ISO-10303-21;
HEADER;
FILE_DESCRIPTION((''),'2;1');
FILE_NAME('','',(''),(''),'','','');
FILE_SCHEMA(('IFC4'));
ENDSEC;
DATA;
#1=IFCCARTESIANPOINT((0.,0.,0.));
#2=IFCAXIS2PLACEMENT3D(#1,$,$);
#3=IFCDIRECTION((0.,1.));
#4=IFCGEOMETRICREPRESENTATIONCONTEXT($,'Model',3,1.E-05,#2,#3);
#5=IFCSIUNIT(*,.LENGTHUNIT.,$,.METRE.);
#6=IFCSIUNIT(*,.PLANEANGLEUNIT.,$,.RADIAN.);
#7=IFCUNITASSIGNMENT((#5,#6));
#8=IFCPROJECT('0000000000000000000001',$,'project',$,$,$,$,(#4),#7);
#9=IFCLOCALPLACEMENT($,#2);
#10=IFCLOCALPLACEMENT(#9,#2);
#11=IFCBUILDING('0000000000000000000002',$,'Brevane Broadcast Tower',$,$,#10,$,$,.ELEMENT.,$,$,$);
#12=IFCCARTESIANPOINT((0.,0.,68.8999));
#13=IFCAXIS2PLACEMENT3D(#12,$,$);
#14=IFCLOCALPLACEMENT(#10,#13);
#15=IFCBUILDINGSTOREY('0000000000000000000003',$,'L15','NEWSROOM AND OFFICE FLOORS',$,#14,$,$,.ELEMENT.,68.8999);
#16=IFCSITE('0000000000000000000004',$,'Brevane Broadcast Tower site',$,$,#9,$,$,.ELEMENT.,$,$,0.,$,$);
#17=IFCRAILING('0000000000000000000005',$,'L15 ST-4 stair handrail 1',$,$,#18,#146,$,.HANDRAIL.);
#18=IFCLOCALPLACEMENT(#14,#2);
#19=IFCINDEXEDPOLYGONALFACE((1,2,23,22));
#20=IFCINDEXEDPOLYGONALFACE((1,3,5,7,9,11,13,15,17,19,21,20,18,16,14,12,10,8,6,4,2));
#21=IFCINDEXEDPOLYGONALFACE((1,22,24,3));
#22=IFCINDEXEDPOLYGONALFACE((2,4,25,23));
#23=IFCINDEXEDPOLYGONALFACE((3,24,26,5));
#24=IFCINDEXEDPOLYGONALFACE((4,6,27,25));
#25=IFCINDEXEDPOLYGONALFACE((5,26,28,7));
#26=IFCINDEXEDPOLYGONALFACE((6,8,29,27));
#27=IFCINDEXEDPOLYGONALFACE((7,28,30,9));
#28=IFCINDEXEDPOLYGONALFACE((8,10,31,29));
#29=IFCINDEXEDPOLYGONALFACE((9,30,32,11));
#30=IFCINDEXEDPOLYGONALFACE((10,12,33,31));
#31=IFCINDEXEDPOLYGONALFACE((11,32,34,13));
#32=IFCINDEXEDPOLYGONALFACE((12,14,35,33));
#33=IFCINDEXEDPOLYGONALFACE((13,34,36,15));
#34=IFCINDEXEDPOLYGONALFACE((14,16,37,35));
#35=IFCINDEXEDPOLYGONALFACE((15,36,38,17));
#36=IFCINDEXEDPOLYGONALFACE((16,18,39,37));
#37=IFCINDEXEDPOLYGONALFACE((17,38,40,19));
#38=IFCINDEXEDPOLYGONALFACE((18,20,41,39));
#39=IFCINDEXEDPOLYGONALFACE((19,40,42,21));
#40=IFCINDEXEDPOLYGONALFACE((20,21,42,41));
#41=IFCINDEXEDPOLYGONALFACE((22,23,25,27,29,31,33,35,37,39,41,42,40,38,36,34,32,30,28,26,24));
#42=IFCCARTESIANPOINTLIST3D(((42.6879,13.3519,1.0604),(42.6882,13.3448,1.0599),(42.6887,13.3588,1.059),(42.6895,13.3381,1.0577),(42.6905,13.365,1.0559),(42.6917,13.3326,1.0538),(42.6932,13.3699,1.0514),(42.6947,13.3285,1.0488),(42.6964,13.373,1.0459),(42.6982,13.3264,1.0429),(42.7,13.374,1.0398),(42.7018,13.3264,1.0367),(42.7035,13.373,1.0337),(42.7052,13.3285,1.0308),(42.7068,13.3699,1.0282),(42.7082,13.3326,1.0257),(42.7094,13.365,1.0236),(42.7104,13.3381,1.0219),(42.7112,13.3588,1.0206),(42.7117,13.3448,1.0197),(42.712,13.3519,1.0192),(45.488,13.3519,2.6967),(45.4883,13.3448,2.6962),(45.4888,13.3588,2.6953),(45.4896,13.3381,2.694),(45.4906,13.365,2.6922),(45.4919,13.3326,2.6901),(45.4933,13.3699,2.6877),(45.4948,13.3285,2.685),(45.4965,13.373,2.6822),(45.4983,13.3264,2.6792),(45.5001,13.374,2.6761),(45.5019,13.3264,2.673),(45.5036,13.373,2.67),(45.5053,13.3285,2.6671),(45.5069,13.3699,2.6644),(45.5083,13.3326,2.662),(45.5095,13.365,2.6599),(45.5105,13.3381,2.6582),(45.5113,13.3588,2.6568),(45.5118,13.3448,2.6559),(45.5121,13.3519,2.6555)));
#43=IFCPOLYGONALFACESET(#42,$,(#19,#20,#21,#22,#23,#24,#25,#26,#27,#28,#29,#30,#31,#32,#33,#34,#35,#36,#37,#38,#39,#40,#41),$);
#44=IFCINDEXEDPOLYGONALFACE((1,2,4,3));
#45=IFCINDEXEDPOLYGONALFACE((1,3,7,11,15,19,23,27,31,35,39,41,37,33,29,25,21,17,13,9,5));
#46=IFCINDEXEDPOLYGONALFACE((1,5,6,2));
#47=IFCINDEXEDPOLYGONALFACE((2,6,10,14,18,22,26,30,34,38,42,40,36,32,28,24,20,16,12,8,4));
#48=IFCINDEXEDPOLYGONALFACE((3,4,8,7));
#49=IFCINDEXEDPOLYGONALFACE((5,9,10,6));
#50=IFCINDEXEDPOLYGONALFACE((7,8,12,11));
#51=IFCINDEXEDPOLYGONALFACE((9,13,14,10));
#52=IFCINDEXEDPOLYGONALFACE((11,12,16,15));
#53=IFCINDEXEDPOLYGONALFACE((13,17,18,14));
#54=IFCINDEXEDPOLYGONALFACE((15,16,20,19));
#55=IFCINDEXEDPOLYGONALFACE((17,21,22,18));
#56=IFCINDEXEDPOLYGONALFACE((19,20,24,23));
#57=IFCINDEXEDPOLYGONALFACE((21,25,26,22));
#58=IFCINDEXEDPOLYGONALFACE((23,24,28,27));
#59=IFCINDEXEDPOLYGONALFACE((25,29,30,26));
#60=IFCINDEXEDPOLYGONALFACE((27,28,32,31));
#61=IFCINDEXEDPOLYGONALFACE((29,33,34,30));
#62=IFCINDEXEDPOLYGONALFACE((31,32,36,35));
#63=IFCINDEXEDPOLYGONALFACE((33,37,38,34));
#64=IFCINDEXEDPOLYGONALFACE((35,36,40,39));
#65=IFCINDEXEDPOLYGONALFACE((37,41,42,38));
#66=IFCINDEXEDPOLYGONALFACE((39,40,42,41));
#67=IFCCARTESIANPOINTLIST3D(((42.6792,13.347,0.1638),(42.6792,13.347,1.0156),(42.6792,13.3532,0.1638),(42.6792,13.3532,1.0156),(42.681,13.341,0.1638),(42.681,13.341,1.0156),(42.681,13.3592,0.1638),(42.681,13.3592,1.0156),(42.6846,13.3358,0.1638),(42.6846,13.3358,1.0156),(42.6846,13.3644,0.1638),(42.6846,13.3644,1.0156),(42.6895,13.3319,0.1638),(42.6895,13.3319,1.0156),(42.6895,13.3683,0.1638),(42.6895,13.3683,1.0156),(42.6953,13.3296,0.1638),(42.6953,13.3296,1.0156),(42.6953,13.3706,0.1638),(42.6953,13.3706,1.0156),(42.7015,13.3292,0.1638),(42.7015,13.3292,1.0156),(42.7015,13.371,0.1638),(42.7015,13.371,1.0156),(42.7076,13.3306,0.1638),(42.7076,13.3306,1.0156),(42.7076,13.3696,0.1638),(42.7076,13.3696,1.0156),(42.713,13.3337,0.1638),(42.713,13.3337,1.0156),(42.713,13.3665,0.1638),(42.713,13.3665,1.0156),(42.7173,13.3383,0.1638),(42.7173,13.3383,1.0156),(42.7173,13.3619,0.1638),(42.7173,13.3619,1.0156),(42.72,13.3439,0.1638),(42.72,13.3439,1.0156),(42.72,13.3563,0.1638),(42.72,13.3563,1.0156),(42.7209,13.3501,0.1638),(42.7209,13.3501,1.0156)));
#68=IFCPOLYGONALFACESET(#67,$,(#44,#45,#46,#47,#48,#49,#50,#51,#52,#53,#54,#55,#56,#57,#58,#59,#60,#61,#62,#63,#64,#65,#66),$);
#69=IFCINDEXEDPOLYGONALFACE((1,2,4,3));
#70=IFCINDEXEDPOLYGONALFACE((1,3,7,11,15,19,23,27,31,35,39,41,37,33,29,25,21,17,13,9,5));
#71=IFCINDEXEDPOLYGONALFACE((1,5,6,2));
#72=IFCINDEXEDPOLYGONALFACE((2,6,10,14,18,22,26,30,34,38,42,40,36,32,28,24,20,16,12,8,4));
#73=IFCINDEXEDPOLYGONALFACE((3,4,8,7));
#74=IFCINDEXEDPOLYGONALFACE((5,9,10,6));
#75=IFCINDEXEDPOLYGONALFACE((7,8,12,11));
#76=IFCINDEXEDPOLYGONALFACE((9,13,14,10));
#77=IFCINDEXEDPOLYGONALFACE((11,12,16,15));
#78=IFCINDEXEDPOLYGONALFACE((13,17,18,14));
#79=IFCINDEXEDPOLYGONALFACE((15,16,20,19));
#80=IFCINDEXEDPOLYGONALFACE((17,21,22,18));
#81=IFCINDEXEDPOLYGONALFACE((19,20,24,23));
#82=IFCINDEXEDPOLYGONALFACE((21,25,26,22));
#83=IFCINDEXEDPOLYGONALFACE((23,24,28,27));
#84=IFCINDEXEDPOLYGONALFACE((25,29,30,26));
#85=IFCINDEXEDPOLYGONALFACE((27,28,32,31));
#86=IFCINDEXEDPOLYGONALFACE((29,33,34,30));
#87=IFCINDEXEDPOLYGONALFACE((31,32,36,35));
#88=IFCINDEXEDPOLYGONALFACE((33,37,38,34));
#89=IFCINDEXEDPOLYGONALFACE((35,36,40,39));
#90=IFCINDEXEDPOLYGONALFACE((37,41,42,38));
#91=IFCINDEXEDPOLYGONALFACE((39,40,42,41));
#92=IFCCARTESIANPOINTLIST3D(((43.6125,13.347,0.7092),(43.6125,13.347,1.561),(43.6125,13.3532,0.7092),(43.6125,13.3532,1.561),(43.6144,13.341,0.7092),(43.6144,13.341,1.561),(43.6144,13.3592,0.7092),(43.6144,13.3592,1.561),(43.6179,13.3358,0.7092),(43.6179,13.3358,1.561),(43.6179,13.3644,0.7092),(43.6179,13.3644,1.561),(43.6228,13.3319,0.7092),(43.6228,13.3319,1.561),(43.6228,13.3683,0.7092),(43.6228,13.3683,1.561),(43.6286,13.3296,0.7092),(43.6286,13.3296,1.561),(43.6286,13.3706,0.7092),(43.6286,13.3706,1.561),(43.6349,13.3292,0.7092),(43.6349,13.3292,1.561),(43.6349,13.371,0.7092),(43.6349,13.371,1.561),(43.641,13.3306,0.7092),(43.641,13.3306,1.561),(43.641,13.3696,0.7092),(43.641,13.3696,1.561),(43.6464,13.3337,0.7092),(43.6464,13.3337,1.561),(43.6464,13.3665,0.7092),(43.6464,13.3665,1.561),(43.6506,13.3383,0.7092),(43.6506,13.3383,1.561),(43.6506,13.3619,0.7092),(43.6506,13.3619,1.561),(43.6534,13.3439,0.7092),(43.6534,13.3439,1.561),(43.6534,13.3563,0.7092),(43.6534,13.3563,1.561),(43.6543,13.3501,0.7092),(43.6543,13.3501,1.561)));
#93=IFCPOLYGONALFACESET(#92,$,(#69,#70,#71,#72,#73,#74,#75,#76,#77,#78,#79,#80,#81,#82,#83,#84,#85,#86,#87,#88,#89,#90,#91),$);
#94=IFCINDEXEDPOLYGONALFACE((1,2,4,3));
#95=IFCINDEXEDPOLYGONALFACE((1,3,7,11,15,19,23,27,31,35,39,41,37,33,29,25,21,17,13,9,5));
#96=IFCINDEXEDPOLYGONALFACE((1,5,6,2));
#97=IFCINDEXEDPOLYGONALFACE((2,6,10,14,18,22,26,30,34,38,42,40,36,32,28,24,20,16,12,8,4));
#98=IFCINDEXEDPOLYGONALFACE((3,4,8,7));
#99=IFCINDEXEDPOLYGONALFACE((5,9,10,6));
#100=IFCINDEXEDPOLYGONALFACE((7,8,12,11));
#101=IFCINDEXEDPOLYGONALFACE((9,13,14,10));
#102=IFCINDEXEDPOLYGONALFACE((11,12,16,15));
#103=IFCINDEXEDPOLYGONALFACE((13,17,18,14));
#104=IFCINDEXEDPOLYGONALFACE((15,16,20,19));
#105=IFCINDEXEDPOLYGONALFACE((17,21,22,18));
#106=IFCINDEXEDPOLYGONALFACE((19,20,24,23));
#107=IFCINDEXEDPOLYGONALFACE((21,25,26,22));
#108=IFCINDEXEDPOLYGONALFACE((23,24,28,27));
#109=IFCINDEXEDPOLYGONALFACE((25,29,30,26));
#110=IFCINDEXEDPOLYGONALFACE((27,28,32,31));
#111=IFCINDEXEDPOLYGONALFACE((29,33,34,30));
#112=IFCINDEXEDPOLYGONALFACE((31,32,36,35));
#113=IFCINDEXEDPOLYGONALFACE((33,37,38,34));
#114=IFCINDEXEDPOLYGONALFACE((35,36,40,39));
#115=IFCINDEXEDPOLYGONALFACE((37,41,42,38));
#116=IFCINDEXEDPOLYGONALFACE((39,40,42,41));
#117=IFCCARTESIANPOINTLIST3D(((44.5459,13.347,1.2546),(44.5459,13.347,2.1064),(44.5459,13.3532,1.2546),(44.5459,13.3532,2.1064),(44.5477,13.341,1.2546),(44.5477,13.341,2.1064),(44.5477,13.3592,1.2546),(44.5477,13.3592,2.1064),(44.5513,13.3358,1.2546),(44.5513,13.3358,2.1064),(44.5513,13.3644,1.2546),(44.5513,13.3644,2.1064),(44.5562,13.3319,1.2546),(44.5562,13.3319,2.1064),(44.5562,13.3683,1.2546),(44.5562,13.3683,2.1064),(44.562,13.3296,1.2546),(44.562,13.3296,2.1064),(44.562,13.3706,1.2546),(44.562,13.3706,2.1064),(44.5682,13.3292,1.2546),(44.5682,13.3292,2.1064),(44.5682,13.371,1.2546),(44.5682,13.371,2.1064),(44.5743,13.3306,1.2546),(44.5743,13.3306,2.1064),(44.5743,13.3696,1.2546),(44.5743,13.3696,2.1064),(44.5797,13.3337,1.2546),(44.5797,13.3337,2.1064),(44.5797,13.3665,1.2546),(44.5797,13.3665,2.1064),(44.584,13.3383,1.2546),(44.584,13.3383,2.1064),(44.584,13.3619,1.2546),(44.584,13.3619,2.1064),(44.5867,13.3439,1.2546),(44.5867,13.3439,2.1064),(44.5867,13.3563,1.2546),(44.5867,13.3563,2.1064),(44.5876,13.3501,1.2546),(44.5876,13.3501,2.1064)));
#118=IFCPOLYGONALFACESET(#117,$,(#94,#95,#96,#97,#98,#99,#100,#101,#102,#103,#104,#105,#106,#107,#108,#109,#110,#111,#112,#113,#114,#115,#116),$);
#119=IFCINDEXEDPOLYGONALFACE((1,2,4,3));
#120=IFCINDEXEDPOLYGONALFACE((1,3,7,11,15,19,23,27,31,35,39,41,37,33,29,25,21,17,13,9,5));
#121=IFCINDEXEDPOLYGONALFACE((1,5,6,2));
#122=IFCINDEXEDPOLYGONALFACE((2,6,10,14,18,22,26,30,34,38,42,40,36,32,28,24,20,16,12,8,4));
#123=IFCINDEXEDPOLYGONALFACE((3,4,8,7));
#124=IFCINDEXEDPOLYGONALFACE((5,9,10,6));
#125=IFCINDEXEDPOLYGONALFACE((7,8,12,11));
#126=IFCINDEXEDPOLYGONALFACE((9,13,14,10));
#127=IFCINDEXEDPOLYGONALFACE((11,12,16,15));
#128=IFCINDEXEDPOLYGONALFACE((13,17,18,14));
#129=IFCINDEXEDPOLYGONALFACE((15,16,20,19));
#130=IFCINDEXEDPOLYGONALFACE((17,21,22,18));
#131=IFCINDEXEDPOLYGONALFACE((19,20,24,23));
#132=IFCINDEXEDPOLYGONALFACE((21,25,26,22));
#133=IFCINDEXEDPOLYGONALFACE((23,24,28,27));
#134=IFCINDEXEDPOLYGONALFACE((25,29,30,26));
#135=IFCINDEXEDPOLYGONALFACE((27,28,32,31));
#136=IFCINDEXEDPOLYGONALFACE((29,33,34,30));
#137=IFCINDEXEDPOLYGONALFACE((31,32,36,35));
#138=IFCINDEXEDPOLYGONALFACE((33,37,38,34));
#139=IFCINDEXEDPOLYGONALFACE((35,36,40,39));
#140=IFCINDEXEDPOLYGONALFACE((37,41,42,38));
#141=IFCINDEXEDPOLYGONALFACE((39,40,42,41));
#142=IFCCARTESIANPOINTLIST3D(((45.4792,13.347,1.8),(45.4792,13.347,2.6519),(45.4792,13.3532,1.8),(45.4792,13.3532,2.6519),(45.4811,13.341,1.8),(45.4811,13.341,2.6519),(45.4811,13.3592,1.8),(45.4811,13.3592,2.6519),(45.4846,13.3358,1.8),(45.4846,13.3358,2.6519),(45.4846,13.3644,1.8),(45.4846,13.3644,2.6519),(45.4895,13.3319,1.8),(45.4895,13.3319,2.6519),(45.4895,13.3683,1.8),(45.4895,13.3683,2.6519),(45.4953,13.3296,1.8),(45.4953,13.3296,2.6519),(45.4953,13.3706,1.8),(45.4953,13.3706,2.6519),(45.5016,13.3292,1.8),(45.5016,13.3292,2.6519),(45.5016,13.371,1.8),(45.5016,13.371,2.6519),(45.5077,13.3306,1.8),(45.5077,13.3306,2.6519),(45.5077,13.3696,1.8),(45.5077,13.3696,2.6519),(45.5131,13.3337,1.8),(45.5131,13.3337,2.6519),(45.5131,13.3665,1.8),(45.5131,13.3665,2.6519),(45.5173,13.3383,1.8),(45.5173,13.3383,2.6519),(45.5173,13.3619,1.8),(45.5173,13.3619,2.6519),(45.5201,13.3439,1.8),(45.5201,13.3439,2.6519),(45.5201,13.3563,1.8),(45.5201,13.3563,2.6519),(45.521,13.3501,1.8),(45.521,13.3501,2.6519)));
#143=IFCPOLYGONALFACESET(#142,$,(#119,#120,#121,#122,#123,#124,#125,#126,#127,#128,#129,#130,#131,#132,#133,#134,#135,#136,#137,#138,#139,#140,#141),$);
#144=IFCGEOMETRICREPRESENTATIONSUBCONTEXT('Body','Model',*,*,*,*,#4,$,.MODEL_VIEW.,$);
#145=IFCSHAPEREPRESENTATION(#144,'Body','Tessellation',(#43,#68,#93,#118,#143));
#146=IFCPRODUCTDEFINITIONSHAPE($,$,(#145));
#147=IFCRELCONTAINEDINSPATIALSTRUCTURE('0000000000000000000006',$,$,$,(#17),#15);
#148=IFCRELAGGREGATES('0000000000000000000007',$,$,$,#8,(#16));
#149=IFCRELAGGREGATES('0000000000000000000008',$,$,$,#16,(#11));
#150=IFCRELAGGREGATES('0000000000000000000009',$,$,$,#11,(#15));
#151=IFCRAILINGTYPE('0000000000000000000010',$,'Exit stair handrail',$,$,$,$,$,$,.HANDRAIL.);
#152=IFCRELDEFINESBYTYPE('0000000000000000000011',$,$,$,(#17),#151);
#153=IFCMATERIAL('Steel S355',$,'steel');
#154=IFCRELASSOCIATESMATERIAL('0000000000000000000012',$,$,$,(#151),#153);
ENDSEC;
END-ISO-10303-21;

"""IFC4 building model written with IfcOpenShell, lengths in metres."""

from ifc_helpers import new_model, si_unit, direction, frame, origin, origin_2d, place, context, subcontext, project, spatial, circle, extrude, material, type_object, element, save


model = new_model("IFC4")

# Units and contexts
model_context = context("Model", 3, precision=1e-05, world=origin(), true_north=direction((0.0, 1.0)))
body_context = subcontext(model_context, "Body", "Model", "MODEL_VIEW")
ifc_project = project(units=[si_unit("LENGTHUNIT", "METRE"), si_unit("PLANEANGLEUNIT", "RADIAN")], contexts=[model_context])

# Site, building, storey
site_placement = place(None, origin())
site = spatial("IfcSite", under=ifc_project, at=site_placement, Name="Brevane Broadcast Tower site", CompositionType="ELEMENT", RefElevation=0.0)
building_placement = place(site_placement, origin())
building = spatial("IfcBuilding", under=site, at=building_placement, Name="Brevane Broadcast Tower", CompositionType="ELEMENT")
storey_placement = place(building_placement, frame((0.0, 0.0, 68.8999)))
storey = spatial("IfcBuildingStorey", under=building, at=storey_placement, Name="L15", Description="NEWSROOM AND OFFICE FLOORS", CompositionType="ELEMENT", Elevation=68.8999)

# Railing
ifc_material_1 = material(Name="Steel S355", Category="steel")
railing_type_1 = type_object("IfcRailingType", Name="Exit stair handrail", PredefinedType="HANDRAIL", material=ifc_material_1)
railing_1_placement = place(storey_placement, frame((42.7, 13.3501, 0.1638)))
element("IfcRailing", 1, at=railing_1_placement, inside=storey, type_object=railing_type_1, Name="L15 ST-4 stair handrail 1", PredefinedType="HANDRAIL", context=body_context, shape_type="SweptSolid", body=[
    extrude(circle(Radius=0.0239, at=origin_2d()), frame((0.0, 0.0, 0.876), z_axis=(0.863394, 0.0, 0.504531), x_axis=(0.0, 1.0, 0.0)), (0.0, 0.0, 1.0), 3.2432),
    extrude(circle(Radius=0.021, at=origin_2d()), origin(), (0.0, 0.0, 1.0), 0.8518),
    extrude(circle(Radius=0.021, at=origin_2d()), frame((0.9333, 0.0, 0.5454)), (0.0, 0.0, 1.0), 0.8518),
    extrude(circle(Radius=0.021, at=origin_2d()), frame((1.8667, 0.0, 1.0908)), (0.0, 0.0, 1.0), 0.8518),
    extrude(circle(Radius=0.021, at=origin_2d()), frame((2.8, 0.0, 1.6362)), (0.0, 0.0, 1.0), 0.8518),
])

save(model, "model.ifc")
